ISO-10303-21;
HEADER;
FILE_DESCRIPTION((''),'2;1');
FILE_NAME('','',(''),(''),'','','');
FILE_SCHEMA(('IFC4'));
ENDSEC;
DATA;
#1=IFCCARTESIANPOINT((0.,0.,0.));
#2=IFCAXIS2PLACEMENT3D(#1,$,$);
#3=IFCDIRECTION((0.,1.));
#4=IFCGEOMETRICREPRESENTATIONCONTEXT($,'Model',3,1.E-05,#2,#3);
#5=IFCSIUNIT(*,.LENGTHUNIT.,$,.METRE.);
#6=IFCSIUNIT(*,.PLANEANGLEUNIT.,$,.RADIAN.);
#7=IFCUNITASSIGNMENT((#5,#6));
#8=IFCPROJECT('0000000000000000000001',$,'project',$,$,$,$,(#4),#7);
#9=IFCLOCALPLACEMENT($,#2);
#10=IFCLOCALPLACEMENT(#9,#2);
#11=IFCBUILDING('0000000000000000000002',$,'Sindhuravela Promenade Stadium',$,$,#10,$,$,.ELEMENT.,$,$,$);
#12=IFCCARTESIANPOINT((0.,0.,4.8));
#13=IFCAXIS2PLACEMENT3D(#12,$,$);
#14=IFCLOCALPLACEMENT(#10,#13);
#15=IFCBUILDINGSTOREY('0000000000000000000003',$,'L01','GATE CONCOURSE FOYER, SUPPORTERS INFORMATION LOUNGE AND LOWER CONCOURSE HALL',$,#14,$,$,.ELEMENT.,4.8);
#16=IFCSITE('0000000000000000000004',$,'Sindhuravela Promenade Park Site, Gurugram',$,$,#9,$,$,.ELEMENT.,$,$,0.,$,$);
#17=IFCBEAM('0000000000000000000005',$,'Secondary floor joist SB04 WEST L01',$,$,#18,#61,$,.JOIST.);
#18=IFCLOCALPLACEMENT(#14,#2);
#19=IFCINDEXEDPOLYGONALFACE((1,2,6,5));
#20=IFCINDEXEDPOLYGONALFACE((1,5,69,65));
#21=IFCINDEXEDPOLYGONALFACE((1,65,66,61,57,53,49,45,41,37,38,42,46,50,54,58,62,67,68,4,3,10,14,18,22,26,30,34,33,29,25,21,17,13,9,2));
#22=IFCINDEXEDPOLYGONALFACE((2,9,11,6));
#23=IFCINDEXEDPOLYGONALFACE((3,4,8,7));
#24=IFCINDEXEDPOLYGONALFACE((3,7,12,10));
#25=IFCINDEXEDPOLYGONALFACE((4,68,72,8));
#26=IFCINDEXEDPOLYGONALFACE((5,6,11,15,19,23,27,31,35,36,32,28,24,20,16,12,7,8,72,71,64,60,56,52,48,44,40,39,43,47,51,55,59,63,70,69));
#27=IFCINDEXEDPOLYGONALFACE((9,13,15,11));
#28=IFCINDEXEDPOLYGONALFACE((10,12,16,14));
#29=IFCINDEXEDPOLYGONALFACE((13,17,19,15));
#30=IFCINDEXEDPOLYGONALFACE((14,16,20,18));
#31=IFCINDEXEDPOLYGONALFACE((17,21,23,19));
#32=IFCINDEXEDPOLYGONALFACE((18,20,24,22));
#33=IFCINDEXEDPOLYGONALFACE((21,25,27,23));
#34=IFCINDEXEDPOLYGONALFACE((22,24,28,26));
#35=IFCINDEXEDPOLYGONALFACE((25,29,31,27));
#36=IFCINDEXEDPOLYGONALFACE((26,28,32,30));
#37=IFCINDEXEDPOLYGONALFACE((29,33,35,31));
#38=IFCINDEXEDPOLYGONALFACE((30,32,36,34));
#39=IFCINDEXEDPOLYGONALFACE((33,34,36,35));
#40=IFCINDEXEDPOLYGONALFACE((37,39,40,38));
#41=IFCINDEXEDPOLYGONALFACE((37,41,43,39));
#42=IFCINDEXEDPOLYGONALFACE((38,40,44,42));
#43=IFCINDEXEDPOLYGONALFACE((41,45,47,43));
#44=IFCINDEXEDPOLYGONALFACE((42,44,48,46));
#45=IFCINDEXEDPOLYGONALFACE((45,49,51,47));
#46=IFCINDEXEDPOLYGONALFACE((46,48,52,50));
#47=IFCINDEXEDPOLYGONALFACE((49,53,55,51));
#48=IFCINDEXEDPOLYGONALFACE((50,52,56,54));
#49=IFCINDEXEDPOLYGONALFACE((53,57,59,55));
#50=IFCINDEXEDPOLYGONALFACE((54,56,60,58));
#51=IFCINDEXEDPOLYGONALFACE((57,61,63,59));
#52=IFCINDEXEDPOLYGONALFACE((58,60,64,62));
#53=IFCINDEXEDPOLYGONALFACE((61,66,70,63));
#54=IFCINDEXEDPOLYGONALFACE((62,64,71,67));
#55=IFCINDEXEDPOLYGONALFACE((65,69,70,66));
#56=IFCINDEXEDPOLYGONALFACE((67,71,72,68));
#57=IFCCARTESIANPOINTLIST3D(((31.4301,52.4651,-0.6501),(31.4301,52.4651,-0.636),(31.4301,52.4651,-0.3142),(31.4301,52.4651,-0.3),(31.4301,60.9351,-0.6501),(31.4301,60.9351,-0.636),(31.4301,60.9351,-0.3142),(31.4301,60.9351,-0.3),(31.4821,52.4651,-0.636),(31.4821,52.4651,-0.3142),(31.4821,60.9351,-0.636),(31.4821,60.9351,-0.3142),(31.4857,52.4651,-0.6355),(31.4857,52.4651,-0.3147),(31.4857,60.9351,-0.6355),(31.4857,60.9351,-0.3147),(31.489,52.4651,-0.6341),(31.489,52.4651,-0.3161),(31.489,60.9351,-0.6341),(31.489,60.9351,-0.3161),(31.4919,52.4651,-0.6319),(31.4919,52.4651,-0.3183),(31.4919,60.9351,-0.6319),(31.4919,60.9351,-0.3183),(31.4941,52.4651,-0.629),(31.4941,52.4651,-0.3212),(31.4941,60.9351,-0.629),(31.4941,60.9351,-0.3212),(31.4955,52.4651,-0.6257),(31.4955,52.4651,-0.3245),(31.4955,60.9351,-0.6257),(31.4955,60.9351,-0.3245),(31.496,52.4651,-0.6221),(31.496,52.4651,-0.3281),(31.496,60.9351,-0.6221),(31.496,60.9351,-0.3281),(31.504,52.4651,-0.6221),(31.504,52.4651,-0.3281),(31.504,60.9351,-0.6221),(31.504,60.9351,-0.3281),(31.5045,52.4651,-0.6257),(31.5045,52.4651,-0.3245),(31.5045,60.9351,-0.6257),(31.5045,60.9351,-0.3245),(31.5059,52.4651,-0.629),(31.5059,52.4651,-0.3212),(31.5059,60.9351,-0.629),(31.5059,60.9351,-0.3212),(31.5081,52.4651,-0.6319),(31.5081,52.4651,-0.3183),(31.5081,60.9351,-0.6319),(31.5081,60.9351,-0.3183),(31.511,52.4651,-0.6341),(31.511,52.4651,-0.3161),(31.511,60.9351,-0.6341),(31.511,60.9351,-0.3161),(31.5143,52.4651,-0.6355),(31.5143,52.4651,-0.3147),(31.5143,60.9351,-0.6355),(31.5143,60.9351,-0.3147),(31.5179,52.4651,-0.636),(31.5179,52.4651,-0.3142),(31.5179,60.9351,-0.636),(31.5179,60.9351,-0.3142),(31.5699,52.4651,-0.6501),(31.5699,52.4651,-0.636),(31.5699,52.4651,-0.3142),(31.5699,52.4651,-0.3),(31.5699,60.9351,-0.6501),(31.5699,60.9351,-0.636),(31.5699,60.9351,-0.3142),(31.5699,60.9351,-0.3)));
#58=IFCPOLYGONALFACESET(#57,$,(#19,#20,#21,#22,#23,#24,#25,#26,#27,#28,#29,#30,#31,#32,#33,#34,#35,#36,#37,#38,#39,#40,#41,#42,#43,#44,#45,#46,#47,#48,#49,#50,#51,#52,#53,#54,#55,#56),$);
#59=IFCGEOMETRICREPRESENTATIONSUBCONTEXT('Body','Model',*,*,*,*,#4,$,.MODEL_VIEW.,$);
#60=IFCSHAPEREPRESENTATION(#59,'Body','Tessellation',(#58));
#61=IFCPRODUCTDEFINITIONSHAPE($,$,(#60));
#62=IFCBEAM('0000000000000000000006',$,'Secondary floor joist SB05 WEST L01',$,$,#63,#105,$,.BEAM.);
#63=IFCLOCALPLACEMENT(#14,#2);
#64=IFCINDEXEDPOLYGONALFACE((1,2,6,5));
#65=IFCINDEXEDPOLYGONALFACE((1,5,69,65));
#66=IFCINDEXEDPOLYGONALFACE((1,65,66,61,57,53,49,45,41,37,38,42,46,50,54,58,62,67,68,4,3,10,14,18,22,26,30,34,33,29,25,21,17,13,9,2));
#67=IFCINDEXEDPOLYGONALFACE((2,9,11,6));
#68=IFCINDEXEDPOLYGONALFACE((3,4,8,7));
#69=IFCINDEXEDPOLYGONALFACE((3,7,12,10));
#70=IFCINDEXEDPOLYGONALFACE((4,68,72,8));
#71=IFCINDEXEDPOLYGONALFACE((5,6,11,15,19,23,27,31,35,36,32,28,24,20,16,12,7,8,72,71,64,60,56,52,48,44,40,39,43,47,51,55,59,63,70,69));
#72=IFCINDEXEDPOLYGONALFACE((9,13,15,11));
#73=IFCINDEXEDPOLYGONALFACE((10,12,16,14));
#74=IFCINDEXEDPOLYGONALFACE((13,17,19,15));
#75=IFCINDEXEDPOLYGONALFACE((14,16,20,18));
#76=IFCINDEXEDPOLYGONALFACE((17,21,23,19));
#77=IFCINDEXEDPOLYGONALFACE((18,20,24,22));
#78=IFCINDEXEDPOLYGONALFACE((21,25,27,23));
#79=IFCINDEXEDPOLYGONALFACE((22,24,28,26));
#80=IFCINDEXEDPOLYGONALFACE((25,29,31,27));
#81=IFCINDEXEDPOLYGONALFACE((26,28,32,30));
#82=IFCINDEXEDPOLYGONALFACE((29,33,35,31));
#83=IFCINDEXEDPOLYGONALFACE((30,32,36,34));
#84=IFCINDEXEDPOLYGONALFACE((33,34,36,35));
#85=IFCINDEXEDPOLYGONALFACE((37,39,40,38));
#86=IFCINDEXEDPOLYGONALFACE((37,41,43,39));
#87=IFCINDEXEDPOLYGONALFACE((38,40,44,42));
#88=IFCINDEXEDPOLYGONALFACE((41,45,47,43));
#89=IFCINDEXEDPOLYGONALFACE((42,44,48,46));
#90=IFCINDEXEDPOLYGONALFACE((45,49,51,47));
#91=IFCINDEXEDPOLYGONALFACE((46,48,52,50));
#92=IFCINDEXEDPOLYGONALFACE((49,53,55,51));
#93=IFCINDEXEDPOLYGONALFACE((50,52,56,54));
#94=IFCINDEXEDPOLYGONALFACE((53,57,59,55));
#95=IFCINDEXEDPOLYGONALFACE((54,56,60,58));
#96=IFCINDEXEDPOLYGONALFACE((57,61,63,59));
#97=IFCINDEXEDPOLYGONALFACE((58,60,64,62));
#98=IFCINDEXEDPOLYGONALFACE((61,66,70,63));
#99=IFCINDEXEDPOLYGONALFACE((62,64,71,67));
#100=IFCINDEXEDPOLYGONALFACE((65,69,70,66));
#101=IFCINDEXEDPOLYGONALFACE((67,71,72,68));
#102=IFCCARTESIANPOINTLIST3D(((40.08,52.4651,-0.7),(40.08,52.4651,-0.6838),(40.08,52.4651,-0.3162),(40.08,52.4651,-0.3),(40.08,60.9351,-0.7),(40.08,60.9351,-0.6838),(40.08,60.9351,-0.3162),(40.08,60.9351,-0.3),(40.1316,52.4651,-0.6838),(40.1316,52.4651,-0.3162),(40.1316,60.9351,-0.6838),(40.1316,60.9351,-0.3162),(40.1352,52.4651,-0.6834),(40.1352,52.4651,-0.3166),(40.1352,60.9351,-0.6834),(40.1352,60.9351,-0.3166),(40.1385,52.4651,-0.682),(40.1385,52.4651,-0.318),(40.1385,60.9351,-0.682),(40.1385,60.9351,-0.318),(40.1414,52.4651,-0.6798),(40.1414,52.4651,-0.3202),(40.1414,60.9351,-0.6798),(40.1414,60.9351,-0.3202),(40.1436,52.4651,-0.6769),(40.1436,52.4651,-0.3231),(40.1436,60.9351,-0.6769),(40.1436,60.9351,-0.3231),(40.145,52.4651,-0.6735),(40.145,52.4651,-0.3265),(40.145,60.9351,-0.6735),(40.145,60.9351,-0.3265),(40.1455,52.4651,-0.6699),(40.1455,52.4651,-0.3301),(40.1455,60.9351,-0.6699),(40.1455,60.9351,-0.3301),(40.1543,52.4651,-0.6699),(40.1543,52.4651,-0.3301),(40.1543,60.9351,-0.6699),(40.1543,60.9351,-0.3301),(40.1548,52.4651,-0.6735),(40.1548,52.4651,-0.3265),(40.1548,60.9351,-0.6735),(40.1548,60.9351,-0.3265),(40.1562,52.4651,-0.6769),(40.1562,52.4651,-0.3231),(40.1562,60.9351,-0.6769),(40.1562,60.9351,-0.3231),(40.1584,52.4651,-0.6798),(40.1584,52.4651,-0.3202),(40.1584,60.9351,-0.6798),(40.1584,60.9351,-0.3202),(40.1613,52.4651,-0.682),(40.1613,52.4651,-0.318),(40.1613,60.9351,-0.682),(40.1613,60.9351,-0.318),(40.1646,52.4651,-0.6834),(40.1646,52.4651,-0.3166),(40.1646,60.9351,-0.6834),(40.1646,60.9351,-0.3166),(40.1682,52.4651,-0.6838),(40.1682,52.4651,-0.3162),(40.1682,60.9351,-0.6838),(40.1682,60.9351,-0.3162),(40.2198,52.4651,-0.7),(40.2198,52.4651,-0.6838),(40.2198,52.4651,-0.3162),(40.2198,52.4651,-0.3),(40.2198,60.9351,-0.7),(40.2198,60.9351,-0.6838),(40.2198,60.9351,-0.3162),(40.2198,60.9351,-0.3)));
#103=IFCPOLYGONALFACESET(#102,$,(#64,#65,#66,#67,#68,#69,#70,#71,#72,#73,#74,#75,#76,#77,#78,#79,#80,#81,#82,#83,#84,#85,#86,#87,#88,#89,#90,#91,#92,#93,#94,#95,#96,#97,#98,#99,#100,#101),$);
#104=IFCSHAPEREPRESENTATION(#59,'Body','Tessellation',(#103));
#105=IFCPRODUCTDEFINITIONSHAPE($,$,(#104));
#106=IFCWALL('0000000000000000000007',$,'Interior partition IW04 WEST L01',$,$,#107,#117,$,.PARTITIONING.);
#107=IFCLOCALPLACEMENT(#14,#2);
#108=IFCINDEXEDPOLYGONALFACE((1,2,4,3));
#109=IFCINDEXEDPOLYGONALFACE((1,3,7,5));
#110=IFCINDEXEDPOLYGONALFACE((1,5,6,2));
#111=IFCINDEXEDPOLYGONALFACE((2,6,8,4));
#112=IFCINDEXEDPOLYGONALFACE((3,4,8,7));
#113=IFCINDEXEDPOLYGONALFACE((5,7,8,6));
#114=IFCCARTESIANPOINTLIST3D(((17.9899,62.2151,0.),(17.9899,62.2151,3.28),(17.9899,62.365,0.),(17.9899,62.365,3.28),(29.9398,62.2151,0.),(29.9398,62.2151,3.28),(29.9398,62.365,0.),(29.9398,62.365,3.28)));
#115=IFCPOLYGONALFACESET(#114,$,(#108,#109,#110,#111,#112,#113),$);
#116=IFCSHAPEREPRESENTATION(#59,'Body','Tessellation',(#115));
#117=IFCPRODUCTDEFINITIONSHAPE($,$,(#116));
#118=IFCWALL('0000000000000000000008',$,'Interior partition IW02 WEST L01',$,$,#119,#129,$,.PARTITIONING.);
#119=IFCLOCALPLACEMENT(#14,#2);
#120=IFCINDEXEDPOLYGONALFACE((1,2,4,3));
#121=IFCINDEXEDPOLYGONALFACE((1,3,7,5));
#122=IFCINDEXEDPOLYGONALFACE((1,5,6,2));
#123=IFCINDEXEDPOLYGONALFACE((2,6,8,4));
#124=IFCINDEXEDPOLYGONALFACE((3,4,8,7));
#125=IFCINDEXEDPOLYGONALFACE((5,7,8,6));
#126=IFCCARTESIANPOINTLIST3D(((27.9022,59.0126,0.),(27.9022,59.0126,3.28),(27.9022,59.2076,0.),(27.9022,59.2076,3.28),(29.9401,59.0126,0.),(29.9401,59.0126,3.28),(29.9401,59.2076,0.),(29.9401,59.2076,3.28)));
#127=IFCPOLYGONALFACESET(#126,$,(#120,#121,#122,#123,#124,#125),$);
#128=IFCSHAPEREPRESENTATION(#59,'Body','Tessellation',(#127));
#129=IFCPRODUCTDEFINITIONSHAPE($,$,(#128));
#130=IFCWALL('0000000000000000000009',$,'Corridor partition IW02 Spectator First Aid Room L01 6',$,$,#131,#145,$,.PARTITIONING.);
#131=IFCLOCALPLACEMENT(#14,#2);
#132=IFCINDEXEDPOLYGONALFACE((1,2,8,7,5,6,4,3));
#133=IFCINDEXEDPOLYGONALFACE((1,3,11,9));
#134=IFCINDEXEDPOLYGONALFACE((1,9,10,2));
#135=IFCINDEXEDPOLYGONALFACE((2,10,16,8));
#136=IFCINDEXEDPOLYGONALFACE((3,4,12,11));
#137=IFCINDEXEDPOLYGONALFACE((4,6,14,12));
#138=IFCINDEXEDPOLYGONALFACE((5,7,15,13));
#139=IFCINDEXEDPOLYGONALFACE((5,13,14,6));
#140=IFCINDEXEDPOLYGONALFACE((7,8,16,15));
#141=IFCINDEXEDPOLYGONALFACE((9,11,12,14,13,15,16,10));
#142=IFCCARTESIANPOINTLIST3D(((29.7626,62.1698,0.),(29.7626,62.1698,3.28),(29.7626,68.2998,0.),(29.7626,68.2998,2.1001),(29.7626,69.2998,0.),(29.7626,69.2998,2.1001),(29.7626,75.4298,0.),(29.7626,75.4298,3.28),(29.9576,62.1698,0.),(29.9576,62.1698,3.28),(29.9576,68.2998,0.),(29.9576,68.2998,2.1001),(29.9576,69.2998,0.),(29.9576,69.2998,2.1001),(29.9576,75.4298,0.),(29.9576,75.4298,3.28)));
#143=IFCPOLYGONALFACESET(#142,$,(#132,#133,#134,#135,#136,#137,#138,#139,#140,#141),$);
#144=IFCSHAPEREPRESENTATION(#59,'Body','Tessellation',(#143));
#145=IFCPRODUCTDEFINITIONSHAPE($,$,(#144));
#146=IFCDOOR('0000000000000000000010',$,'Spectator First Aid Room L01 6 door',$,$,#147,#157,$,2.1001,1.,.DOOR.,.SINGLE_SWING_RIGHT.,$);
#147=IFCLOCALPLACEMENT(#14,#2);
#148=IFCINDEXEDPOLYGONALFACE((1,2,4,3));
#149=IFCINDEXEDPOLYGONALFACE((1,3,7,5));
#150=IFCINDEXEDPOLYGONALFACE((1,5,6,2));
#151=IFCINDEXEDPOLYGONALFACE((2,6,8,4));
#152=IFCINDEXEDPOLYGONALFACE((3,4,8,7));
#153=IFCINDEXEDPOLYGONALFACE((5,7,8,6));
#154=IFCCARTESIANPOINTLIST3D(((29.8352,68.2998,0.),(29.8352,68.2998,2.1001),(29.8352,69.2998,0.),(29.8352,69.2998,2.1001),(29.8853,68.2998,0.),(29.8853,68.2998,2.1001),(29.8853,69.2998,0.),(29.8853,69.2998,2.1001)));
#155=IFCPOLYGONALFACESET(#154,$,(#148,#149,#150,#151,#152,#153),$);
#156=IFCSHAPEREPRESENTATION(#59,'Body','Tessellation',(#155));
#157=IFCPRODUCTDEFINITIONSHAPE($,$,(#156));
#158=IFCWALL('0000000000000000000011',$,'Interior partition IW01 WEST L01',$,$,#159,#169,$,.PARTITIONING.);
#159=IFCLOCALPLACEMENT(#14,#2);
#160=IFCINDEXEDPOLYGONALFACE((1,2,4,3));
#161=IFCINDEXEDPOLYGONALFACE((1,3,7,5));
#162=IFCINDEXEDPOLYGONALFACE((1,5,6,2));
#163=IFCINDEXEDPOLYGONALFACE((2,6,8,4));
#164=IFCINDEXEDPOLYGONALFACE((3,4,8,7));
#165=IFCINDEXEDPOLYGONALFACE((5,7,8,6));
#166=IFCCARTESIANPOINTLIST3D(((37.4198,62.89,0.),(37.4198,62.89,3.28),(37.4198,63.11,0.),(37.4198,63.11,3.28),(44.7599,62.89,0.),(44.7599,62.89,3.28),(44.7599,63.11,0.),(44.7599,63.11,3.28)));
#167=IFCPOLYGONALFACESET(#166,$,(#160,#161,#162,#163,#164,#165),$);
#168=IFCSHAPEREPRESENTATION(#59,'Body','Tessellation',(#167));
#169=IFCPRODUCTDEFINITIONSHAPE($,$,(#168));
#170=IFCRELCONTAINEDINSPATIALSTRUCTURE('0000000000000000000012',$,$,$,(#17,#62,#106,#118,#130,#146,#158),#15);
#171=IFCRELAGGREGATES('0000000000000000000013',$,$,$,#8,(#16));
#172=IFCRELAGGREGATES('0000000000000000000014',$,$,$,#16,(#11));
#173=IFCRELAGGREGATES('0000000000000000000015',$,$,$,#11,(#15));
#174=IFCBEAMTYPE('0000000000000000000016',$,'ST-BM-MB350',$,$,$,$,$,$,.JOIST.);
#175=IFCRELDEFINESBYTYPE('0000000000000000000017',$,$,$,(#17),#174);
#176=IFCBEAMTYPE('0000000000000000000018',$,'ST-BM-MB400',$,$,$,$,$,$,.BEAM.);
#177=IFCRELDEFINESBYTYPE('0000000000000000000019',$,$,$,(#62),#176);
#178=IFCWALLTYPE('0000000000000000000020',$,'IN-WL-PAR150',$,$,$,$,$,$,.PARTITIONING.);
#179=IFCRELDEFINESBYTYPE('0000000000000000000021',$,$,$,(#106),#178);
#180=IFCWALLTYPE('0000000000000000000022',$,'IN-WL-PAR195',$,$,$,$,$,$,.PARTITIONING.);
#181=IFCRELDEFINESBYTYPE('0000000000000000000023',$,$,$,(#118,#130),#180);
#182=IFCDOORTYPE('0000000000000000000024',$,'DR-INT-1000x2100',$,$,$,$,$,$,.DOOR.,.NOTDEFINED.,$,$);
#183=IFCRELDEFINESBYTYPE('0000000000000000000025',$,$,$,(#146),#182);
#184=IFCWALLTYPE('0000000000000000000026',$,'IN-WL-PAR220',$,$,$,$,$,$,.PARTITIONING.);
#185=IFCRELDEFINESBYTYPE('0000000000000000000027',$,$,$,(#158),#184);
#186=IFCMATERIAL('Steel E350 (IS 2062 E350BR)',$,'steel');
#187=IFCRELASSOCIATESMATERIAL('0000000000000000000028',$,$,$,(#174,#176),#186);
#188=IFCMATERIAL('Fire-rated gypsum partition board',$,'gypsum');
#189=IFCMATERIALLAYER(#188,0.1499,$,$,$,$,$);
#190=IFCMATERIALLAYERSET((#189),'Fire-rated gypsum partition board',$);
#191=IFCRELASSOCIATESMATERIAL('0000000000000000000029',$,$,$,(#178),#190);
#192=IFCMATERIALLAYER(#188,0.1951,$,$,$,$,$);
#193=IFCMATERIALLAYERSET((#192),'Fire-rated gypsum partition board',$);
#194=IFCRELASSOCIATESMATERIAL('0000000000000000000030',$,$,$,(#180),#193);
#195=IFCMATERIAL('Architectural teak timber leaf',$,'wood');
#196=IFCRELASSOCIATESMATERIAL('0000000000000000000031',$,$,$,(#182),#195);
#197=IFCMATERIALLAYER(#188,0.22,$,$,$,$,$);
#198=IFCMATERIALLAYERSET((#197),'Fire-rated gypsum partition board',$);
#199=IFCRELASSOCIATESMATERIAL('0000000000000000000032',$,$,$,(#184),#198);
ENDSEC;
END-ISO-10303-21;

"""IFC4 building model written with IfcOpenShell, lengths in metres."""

from ifc_helpers import new_model, si_unit, direction, frame, frame_2d, origin, origin_2d, place, context, subcontext, project, spatial, rectangle, i_section, extrude, material, layer, layer_set, material_profile, profile_set, type_object, element, fill, save


model = new_model("IFC4")

# Units and contexts
model_context = context("Model", 3, precision=1e-05, world=origin(), true_north=direction((0.0, 1.0)))
body_context = subcontext(model_context, "Body", "Model", "MODEL_VIEW")
ifc_project = project(units=[si_unit("LENGTHUNIT", "METRE"), si_unit("PLANEANGLEUNIT", "RADIAN")], contexts=[model_context])

# Site, building, storey
site_placement = place(None, origin())
site = spatial("IfcSite", under=ifc_project, at=site_placement, Name="Sindhuravela Promenade Park Site, Gurugram", CompositionType="ELEMENT", RefElevation=0.0)
building_placement = place(site_placement, origin())
building = spatial("IfcBuilding", under=site, at=building_placement, Name="Sindhuravela Promenade Stadium", CompositionType="ELEMENT")
storey_placement = place(building_placement, frame((0.0, 0.0, 4.8)))
storey = spatial("IfcBuildingStorey", under=building, at=storey_placement, Name="L01", Description="GATE CONCOURSE FOYER, SUPPORTERS INFORMATION LOUNGE AND LOWER CONCOURSE HALL", CompositionType="ELEMENT", Elevation=4.8)

# Beams
ifc_material_1 = material(Name="Steel E350 (IS 2062 E350BR)", Category="steel")
ifc_material_profile_1 = material_profile(ifc_material_1, i_section(OverallWidth=0.1399, OverallDepth=0.3501, WebThickness=0.0081, FlangeThickness=0.0142, FilletRadius=0.0139, at=origin_2d()), Name="ISMB 350")
ifc_profile_set_1 = profile_set([ifc_material_profile_1], Name="Steel E350 (IS 2062 E350BR)")
beam_type_1 = type_object("IfcBeamType", Name="ST-BM-MB350", PredefinedType="JOIST", material=ifc_profile_set_1)
beam_1_placement = place(storey_placement, frame((31.5, 52.4651, -0.4751), z_axis=(0.0, 1.0, 0.0), x_axis=(-1.0, 0.0, 0.0)))
element("IfcBeam", 1, at=beam_1_placement, inside=storey, type_object=beam_type_1, Name="Secondary floor joist SB04 WEST L01", PredefinedType="JOIST", context=body_context, shape_type="SweptSolid", body=[
    extrude(i_section(OverallWidth=0.1399, OverallDepth=0.3501, WebThickness=0.0081, FlangeThickness=0.0142, FilletRadius=0.0139, at=origin_2d()), origin(), (0.0, 0.0, 1.0), 8.47),
])
ifc_material_profile_2 = material_profile(ifc_material_1, i_section(OverallWidth=0.1399, OverallDepth=0.3999, WebThickness=0.0088, FlangeThickness=0.0161, FilletRadius=0.0139, at=origin_2d()), Name="ISMB 400")
ifc_profile_set_2 = profile_set([ifc_material_profile_2], Name="Steel E350 (IS 2062 E350BR)")
beam_type_2 = type_object("IfcBeamType", Name="ST-BM-MB400", PredefinedType="BEAM", material=ifc_profile_set_2)
beam_2_placement = place(storey_placement, frame((40.1499, 52.4651, -0.5), z_axis=(0.0, 1.0, 0.0), x_axis=(-1.0, 0.0, 0.0)))
element("IfcBeam", 2, at=beam_2_placement, inside=storey, type_object=beam_type_2, Name="Secondary floor joist SB05 WEST L01", PredefinedType="BEAM", context=body_context, shape_type="SweptSolid", body=[
    extrude(i_section(OverallWidth=0.1399, OverallDepth=0.3999, WebThickness=0.0088, FlangeThickness=0.0161, FilletRadius=0.0139, at=origin_2d()), origin(), (0.0, 0.0, 1.0), 8.47),
])

# Walls
ifc_material_2 = material(Name="Fire-rated gypsum partition board", Category="gypsum")
ifc_layer_1 = layer(ifc_material_2, 0.1499)
ifc_layer_set_1 = layer_set([ifc_layer_1], Name="Fire-rated gypsum partition board")
wall_type_1 = type_object("IfcWallType", Name="IN-WL-PAR150", PredefinedType="PARTITIONING", material=ifc_layer_set_1)
wall_1_placement = place(storey_placement, frame((29.9399, 62.29, 0.0), z_axis=(0.0, 0.0, 1.0), x_axis=(-1.0, 0.0, 0.0)))
element("IfcWall", 3, at=wall_1_placement, inside=storey, type_object=wall_type_1, Name="Interior partition IW04 WEST L01", PredefinedType="PARTITIONING", context=body_context, shape_type="SweptSolid", body=[
    extrude(rectangle(XDim=11.95, YDim=0.1499, at=frame_2d((5.9751, 0.0))), origin(), (0.0, 0.0, 1.0), 3.28),
])
ifc_layer_2 = layer(ifc_material_2, 0.1951)
ifc_layer_set_2 = layer_set([ifc_layer_2], Name="Fire-rated gypsum partition board")
wall_type_2 = type_object("IfcWallType", Name="IN-WL-PAR195", PredefinedType="PARTITIONING", material=ifc_layer_set_2)
wall_2_placement = place(storey_placement, frame((27.9021, 59.1101, 0.0), z_axis=(0.0, 0.0, 1.0), x_axis=(1.0, 0.0, 0.0)))
element("IfcWall", 4, at=wall_2_placement, inside=storey, type_object=wall_type_2, Name="Interior partition IW02 WEST L01", PredefinedType="PARTITIONING", context=body_context, shape_type="SweptSolid", body=[
    extrude(rectangle(XDim=2.0378, YDim=0.1951, at=frame_2d((1.019, 0.0))), origin(), (0.0, 0.0, 1.0), 3.28),
])

# Wall, opening, door
wall_3_placement = place(storey_placement, frame((29.8601, 62.1699, 0.0), z_axis=(0.0, 0.0, 1.0), x_axis=(0.0, 1.0, 0.0)))
wall_3 = element("IfcWall", 5, at=wall_3_placement, inside=storey, type_object=wall_type_2, Name="Corridor partition IW02 Spectator First Aid Room L01 6", PredefinedType="PARTITIONING", context=body_context, shape_type="SweptSolid", body=[
    extrude(rectangle(XDim=13.26, YDim=0.1951, at=frame_2d((6.6299, 0.0))), origin(), (0.0, 0.0, 1.0), 3.28),
])
opening_1_placement = place(wall_3_placement, frame((6.1299, 0.0, 0.0)))
opening_1 = element("IfcOpeningElement", 6, at=opening_1_placement, cuts=wall_3, PredefinedType="OPENING", context=body_context, shape_type="SweptSolid", body=[
    extrude(rectangle(XDim=1.0, YDim=2.1001, at=frame_2d((0.5, 1.05))), frame((0.0, 0.1074, 0.0), z_axis=(0.0, -1.0, 0.0), x_axis=(1.0, 0.0, 0.0)), (0.0, 0.0, 1.0), 0.2151),
])
ifc_material_3 = material(Name="Architectural teak timber leaf", Category="wood")
door_type_1 = type_object("IfcDoorType", Name="DR-INT-1000x2100", OperationType="NOTDEFINED", PredefinedType="DOOR", material=ifc_material_3)
door_1_placement = place(opening_1_placement, origin())
door_1 = element("IfcDoor", 7, at=door_1_placement, inside=storey, type_object=door_type_1, Name="Spectator First Aid Room L01 6 door", OperationType="SINGLE_SWING_RIGHT", OverallHeight=2.1001, OverallWidth=1.0, PredefinedType="DOOR", context=body_context, shape_type="SweptSolid", body=[
    extrude(rectangle(XDim=1.0, YDim=2.1001, at=frame_2d((0.5, 1.05))), frame((0.0, 0.0249, 0.0), z_axis=(0.0, -1.0, 0.0), x_axis=(1.0, 0.0, 0.0)), (0.0, 0.0, 1.0), 0.05),
])
fill(opening_1, door_1)

# Wall
ifc_layer_3 = layer(ifc_material_2, 0.22)
ifc_layer_set_3 = layer_set([ifc_layer_3], Name="Fire-rated gypsum partition board")
wall_type_3 = type_object("IfcWallType", Name="IN-WL-PAR220", PredefinedType="PARTITIONING", material=ifc_layer_set_3)
wall_4_placement = place(storey_placement, frame((37.4199, 63.0, 0.0), z_axis=(0.0, 0.0, 1.0), x_axis=(1.0, 0.0, 0.0)))
element("IfcWall", 8, at=wall_4_placement, inside=storey, type_object=wall_type_3, Name="Interior partition IW01 WEST L01", PredefinedType="PARTITIONING", context=body_context, shape_type="SweptSolid", body=[
    extrude(rectangle(XDim=7.3401, YDim=0.22, at=frame_2d((3.6699, 0.0))), origin(), (0.0, 0.0, 1.0), 3.28),
])

save(model, "model.ifc")
